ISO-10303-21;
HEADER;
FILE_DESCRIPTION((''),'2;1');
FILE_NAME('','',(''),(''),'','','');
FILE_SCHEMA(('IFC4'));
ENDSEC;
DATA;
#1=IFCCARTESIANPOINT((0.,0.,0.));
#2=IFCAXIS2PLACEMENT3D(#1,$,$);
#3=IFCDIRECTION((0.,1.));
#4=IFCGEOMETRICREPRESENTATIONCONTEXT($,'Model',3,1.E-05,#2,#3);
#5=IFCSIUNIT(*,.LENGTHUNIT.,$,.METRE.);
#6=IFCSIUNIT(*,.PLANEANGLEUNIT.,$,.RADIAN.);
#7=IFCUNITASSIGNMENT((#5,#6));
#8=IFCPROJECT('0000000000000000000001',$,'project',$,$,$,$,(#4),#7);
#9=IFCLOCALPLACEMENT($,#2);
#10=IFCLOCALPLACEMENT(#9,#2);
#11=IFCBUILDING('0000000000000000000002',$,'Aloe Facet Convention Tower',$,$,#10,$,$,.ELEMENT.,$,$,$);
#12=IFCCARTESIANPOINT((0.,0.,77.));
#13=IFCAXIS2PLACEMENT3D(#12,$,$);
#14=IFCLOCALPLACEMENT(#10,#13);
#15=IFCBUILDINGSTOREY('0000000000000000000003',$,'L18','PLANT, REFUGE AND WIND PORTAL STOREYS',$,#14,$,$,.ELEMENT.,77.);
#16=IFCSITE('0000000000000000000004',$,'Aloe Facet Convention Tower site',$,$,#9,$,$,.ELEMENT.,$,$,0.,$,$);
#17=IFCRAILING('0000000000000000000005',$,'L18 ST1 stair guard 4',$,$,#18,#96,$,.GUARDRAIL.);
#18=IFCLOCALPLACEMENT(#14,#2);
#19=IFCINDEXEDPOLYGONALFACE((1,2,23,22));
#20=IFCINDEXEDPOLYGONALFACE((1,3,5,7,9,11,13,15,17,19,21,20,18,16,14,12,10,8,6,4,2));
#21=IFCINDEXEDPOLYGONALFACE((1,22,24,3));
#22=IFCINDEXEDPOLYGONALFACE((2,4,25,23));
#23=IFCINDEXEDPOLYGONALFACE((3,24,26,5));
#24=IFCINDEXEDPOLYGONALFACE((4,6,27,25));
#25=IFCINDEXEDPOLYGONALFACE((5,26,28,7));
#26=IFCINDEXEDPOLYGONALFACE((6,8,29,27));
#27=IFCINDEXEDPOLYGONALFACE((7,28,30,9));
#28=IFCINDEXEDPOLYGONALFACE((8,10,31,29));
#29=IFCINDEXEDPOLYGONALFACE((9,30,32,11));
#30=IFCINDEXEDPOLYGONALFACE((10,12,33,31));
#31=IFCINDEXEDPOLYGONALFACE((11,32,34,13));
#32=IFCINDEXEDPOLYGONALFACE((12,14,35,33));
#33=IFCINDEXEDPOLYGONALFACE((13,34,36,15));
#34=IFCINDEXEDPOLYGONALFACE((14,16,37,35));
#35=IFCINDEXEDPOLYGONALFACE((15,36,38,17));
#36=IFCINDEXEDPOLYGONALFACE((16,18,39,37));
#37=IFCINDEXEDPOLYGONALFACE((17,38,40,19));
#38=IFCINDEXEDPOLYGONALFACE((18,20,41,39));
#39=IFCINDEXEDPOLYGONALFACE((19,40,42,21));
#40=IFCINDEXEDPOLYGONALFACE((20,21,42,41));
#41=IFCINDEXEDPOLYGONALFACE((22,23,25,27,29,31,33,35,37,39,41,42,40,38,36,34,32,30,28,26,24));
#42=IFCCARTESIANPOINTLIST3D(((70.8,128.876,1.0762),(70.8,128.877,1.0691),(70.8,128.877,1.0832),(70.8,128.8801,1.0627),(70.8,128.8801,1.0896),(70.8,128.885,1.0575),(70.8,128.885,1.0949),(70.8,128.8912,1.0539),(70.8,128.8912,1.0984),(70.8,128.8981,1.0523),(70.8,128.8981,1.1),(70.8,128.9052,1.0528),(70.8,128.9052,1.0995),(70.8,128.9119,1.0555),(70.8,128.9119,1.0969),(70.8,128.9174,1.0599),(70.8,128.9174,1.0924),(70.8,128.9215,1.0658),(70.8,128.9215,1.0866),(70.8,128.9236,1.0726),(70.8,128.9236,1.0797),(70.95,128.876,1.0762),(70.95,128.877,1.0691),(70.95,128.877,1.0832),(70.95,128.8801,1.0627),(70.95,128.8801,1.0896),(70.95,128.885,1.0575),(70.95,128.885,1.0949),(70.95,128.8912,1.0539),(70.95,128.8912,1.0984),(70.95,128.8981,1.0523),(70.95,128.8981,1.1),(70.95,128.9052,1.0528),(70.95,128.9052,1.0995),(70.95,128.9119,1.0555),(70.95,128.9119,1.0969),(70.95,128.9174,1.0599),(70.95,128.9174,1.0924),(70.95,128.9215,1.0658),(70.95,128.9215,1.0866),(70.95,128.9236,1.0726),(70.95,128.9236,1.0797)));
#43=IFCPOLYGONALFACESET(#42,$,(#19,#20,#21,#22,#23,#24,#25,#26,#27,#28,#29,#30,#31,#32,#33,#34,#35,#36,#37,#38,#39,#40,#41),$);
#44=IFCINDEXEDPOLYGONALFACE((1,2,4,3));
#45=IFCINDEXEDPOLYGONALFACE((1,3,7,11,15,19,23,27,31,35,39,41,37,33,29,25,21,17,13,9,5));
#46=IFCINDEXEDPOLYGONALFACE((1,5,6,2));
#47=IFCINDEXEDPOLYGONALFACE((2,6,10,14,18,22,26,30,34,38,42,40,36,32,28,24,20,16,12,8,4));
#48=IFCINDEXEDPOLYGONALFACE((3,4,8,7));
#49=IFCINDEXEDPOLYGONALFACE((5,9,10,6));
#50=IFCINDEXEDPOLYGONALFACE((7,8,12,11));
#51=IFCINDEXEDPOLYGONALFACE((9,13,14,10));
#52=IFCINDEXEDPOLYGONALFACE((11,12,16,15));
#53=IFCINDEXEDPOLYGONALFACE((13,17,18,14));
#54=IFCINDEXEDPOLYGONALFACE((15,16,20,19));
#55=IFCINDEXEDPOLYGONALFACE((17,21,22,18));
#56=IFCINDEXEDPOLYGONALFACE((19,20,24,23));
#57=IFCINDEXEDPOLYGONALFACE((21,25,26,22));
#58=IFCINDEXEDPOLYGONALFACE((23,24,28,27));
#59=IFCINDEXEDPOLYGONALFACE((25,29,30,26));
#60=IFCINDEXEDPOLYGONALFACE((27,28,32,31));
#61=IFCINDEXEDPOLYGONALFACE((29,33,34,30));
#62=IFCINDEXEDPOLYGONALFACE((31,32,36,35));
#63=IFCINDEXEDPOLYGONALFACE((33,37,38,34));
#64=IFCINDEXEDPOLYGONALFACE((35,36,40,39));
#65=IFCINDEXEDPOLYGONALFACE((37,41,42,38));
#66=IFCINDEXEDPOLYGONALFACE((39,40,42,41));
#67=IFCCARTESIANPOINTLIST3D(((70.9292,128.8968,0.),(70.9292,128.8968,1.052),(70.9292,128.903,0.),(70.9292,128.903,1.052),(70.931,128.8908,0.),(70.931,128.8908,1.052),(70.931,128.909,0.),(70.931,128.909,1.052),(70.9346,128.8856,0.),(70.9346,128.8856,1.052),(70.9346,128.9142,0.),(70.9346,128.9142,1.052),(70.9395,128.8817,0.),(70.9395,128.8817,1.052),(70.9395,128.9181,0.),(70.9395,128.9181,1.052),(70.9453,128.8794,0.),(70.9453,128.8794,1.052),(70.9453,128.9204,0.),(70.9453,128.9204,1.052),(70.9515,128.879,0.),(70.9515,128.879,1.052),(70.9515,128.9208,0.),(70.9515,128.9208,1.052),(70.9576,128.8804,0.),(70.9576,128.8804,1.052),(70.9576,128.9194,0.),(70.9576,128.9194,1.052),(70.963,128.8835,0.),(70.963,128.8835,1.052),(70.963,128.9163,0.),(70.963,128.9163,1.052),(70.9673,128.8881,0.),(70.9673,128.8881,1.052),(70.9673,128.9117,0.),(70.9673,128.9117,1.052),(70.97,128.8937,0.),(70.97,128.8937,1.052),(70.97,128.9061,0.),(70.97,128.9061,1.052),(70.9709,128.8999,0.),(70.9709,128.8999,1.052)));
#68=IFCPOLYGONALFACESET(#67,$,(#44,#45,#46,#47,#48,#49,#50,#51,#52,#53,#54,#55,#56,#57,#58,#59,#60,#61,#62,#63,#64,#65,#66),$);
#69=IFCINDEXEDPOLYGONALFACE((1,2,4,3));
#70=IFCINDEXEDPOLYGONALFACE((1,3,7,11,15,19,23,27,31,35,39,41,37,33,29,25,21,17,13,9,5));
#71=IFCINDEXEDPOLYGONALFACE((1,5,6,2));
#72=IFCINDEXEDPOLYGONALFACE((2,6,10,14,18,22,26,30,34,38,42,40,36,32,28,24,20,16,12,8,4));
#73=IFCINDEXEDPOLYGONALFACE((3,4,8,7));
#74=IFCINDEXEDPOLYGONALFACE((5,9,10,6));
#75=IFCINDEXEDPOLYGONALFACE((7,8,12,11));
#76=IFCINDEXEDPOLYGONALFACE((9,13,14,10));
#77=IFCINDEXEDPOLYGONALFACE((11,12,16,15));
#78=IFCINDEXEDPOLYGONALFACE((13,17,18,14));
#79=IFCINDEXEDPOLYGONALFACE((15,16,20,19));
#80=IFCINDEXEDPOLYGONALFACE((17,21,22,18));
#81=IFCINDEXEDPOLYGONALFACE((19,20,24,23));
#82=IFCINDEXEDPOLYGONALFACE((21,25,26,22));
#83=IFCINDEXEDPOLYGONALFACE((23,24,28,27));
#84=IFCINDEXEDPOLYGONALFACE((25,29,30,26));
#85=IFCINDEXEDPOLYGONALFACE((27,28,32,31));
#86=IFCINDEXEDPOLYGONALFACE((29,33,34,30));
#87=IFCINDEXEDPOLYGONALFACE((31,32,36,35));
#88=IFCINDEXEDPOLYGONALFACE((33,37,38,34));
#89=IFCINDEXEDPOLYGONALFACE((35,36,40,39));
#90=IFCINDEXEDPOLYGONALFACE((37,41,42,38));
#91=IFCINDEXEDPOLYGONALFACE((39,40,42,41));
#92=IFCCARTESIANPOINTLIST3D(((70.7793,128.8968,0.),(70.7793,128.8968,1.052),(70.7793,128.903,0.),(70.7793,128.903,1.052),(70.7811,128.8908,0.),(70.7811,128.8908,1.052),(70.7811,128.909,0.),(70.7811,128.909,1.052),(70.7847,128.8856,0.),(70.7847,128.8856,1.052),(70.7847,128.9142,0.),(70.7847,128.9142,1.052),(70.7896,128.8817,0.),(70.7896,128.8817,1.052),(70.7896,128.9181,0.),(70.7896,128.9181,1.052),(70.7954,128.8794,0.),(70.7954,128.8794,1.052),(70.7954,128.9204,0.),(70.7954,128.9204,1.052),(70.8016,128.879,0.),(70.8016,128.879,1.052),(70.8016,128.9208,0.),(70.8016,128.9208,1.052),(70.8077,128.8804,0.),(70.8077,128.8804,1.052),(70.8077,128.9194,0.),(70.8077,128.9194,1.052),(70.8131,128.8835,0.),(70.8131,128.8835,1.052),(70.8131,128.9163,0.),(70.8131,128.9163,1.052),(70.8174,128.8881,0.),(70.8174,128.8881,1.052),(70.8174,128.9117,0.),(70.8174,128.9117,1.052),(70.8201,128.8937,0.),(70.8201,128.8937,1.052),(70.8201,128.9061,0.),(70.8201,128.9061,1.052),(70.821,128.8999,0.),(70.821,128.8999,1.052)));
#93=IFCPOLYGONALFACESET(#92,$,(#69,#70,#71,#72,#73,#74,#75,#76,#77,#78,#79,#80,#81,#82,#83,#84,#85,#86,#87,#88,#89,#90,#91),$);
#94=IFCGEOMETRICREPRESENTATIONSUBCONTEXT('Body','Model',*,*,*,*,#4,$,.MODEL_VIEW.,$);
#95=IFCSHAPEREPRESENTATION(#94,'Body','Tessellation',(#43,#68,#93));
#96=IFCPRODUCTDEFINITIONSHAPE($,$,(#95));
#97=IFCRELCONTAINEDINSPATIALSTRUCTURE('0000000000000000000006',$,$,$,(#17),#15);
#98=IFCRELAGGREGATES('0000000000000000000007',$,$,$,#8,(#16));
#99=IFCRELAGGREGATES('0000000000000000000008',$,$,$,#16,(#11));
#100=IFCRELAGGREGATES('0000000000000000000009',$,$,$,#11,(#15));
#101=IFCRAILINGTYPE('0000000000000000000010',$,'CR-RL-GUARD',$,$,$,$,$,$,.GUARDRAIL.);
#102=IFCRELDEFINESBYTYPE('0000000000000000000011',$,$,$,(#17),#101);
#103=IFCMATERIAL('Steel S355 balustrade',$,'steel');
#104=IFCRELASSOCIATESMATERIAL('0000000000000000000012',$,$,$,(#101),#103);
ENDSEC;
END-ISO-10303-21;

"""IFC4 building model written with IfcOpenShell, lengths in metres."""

from ifc_helpers import new_model, si_unit, direction, frame, origin, origin_2d, place, context, subcontext, project, spatial, circle, extrude, material, type_object, element, save


model = new_model("IFC4")

# Units and contexts
model_context = context("Model", 3, precision=1e-05, world=origin(), true_north=direction((0.0, 1.0)))
body_context = subcontext(model_context, "Body", "Model", "MODEL_VIEW")
ifc_project = project(units=[si_unit("LENGTHUNIT", "METRE"), si_unit("PLANEANGLEUNIT", "RADIAN")], contexts=[model_context])

# Site, building, storey
site_placement = place(None, origin())
site = spatial("IfcSite", under=ifc_project, at=site_placement, Name="Aloe Facet Convention Tower site", CompositionType="ELEMENT", RefElevation=0.0)
building_placement = place(site_placement, origin())
building = spatial("IfcBuilding", under=site, at=building_placement, Name="Aloe Facet Convention Tower", CompositionType="ELEMENT")
storey_placement = place(building_placement, frame((0.0, 0.0, 77.0)))
storey = spatial("IfcBuildingStorey", under=building, at=storey_placement, Name="L18", Description="PLANT, REFUGE AND WIND PORTAL STOREYS", CompositionType="ELEMENT", Elevation=77.0)

# Railing
ifc_material_1 = material(Name="Steel S355 balustrade", Category="steel")
railing_type_1 = type_object("IfcRailingType", Name="CR-RL-GUARD", PredefinedType="GUARDRAIL", material=ifc_material_1)
railing_1_placement = place(storey_placement, frame((70.95, 128.8999, 0.0)))
element("IfcRailing", 1, at=railing_1_placement, inside=storey, type_object=railing_type_1, Name="L18 ST1 stair guard 4", PredefinedType="GUARDRAIL", context=body_context, shape_type="SweptSolid", body=[
    extrude(circle(Radius=0.0239, at=origin_2d()), frame((0.0, 0.0, 1.0762), z_axis=(-1.0, 0.0, 0.0), x_axis=(0.0, -1.0, 0.0)), (0.0, 0.0, 1.0), 0.1499),
    extrude(circle(Radius=0.021, at=origin_2d()), origin(), (0.0, 0.0, 1.0), 1.052),
    extrude(circle(Radius=0.021, at=origin_2d()), frame((-0.1499, 0.0, 0.0)), (0.0, 0.0, 1.0), 1.052),
])

save(model, "model.ifc")
